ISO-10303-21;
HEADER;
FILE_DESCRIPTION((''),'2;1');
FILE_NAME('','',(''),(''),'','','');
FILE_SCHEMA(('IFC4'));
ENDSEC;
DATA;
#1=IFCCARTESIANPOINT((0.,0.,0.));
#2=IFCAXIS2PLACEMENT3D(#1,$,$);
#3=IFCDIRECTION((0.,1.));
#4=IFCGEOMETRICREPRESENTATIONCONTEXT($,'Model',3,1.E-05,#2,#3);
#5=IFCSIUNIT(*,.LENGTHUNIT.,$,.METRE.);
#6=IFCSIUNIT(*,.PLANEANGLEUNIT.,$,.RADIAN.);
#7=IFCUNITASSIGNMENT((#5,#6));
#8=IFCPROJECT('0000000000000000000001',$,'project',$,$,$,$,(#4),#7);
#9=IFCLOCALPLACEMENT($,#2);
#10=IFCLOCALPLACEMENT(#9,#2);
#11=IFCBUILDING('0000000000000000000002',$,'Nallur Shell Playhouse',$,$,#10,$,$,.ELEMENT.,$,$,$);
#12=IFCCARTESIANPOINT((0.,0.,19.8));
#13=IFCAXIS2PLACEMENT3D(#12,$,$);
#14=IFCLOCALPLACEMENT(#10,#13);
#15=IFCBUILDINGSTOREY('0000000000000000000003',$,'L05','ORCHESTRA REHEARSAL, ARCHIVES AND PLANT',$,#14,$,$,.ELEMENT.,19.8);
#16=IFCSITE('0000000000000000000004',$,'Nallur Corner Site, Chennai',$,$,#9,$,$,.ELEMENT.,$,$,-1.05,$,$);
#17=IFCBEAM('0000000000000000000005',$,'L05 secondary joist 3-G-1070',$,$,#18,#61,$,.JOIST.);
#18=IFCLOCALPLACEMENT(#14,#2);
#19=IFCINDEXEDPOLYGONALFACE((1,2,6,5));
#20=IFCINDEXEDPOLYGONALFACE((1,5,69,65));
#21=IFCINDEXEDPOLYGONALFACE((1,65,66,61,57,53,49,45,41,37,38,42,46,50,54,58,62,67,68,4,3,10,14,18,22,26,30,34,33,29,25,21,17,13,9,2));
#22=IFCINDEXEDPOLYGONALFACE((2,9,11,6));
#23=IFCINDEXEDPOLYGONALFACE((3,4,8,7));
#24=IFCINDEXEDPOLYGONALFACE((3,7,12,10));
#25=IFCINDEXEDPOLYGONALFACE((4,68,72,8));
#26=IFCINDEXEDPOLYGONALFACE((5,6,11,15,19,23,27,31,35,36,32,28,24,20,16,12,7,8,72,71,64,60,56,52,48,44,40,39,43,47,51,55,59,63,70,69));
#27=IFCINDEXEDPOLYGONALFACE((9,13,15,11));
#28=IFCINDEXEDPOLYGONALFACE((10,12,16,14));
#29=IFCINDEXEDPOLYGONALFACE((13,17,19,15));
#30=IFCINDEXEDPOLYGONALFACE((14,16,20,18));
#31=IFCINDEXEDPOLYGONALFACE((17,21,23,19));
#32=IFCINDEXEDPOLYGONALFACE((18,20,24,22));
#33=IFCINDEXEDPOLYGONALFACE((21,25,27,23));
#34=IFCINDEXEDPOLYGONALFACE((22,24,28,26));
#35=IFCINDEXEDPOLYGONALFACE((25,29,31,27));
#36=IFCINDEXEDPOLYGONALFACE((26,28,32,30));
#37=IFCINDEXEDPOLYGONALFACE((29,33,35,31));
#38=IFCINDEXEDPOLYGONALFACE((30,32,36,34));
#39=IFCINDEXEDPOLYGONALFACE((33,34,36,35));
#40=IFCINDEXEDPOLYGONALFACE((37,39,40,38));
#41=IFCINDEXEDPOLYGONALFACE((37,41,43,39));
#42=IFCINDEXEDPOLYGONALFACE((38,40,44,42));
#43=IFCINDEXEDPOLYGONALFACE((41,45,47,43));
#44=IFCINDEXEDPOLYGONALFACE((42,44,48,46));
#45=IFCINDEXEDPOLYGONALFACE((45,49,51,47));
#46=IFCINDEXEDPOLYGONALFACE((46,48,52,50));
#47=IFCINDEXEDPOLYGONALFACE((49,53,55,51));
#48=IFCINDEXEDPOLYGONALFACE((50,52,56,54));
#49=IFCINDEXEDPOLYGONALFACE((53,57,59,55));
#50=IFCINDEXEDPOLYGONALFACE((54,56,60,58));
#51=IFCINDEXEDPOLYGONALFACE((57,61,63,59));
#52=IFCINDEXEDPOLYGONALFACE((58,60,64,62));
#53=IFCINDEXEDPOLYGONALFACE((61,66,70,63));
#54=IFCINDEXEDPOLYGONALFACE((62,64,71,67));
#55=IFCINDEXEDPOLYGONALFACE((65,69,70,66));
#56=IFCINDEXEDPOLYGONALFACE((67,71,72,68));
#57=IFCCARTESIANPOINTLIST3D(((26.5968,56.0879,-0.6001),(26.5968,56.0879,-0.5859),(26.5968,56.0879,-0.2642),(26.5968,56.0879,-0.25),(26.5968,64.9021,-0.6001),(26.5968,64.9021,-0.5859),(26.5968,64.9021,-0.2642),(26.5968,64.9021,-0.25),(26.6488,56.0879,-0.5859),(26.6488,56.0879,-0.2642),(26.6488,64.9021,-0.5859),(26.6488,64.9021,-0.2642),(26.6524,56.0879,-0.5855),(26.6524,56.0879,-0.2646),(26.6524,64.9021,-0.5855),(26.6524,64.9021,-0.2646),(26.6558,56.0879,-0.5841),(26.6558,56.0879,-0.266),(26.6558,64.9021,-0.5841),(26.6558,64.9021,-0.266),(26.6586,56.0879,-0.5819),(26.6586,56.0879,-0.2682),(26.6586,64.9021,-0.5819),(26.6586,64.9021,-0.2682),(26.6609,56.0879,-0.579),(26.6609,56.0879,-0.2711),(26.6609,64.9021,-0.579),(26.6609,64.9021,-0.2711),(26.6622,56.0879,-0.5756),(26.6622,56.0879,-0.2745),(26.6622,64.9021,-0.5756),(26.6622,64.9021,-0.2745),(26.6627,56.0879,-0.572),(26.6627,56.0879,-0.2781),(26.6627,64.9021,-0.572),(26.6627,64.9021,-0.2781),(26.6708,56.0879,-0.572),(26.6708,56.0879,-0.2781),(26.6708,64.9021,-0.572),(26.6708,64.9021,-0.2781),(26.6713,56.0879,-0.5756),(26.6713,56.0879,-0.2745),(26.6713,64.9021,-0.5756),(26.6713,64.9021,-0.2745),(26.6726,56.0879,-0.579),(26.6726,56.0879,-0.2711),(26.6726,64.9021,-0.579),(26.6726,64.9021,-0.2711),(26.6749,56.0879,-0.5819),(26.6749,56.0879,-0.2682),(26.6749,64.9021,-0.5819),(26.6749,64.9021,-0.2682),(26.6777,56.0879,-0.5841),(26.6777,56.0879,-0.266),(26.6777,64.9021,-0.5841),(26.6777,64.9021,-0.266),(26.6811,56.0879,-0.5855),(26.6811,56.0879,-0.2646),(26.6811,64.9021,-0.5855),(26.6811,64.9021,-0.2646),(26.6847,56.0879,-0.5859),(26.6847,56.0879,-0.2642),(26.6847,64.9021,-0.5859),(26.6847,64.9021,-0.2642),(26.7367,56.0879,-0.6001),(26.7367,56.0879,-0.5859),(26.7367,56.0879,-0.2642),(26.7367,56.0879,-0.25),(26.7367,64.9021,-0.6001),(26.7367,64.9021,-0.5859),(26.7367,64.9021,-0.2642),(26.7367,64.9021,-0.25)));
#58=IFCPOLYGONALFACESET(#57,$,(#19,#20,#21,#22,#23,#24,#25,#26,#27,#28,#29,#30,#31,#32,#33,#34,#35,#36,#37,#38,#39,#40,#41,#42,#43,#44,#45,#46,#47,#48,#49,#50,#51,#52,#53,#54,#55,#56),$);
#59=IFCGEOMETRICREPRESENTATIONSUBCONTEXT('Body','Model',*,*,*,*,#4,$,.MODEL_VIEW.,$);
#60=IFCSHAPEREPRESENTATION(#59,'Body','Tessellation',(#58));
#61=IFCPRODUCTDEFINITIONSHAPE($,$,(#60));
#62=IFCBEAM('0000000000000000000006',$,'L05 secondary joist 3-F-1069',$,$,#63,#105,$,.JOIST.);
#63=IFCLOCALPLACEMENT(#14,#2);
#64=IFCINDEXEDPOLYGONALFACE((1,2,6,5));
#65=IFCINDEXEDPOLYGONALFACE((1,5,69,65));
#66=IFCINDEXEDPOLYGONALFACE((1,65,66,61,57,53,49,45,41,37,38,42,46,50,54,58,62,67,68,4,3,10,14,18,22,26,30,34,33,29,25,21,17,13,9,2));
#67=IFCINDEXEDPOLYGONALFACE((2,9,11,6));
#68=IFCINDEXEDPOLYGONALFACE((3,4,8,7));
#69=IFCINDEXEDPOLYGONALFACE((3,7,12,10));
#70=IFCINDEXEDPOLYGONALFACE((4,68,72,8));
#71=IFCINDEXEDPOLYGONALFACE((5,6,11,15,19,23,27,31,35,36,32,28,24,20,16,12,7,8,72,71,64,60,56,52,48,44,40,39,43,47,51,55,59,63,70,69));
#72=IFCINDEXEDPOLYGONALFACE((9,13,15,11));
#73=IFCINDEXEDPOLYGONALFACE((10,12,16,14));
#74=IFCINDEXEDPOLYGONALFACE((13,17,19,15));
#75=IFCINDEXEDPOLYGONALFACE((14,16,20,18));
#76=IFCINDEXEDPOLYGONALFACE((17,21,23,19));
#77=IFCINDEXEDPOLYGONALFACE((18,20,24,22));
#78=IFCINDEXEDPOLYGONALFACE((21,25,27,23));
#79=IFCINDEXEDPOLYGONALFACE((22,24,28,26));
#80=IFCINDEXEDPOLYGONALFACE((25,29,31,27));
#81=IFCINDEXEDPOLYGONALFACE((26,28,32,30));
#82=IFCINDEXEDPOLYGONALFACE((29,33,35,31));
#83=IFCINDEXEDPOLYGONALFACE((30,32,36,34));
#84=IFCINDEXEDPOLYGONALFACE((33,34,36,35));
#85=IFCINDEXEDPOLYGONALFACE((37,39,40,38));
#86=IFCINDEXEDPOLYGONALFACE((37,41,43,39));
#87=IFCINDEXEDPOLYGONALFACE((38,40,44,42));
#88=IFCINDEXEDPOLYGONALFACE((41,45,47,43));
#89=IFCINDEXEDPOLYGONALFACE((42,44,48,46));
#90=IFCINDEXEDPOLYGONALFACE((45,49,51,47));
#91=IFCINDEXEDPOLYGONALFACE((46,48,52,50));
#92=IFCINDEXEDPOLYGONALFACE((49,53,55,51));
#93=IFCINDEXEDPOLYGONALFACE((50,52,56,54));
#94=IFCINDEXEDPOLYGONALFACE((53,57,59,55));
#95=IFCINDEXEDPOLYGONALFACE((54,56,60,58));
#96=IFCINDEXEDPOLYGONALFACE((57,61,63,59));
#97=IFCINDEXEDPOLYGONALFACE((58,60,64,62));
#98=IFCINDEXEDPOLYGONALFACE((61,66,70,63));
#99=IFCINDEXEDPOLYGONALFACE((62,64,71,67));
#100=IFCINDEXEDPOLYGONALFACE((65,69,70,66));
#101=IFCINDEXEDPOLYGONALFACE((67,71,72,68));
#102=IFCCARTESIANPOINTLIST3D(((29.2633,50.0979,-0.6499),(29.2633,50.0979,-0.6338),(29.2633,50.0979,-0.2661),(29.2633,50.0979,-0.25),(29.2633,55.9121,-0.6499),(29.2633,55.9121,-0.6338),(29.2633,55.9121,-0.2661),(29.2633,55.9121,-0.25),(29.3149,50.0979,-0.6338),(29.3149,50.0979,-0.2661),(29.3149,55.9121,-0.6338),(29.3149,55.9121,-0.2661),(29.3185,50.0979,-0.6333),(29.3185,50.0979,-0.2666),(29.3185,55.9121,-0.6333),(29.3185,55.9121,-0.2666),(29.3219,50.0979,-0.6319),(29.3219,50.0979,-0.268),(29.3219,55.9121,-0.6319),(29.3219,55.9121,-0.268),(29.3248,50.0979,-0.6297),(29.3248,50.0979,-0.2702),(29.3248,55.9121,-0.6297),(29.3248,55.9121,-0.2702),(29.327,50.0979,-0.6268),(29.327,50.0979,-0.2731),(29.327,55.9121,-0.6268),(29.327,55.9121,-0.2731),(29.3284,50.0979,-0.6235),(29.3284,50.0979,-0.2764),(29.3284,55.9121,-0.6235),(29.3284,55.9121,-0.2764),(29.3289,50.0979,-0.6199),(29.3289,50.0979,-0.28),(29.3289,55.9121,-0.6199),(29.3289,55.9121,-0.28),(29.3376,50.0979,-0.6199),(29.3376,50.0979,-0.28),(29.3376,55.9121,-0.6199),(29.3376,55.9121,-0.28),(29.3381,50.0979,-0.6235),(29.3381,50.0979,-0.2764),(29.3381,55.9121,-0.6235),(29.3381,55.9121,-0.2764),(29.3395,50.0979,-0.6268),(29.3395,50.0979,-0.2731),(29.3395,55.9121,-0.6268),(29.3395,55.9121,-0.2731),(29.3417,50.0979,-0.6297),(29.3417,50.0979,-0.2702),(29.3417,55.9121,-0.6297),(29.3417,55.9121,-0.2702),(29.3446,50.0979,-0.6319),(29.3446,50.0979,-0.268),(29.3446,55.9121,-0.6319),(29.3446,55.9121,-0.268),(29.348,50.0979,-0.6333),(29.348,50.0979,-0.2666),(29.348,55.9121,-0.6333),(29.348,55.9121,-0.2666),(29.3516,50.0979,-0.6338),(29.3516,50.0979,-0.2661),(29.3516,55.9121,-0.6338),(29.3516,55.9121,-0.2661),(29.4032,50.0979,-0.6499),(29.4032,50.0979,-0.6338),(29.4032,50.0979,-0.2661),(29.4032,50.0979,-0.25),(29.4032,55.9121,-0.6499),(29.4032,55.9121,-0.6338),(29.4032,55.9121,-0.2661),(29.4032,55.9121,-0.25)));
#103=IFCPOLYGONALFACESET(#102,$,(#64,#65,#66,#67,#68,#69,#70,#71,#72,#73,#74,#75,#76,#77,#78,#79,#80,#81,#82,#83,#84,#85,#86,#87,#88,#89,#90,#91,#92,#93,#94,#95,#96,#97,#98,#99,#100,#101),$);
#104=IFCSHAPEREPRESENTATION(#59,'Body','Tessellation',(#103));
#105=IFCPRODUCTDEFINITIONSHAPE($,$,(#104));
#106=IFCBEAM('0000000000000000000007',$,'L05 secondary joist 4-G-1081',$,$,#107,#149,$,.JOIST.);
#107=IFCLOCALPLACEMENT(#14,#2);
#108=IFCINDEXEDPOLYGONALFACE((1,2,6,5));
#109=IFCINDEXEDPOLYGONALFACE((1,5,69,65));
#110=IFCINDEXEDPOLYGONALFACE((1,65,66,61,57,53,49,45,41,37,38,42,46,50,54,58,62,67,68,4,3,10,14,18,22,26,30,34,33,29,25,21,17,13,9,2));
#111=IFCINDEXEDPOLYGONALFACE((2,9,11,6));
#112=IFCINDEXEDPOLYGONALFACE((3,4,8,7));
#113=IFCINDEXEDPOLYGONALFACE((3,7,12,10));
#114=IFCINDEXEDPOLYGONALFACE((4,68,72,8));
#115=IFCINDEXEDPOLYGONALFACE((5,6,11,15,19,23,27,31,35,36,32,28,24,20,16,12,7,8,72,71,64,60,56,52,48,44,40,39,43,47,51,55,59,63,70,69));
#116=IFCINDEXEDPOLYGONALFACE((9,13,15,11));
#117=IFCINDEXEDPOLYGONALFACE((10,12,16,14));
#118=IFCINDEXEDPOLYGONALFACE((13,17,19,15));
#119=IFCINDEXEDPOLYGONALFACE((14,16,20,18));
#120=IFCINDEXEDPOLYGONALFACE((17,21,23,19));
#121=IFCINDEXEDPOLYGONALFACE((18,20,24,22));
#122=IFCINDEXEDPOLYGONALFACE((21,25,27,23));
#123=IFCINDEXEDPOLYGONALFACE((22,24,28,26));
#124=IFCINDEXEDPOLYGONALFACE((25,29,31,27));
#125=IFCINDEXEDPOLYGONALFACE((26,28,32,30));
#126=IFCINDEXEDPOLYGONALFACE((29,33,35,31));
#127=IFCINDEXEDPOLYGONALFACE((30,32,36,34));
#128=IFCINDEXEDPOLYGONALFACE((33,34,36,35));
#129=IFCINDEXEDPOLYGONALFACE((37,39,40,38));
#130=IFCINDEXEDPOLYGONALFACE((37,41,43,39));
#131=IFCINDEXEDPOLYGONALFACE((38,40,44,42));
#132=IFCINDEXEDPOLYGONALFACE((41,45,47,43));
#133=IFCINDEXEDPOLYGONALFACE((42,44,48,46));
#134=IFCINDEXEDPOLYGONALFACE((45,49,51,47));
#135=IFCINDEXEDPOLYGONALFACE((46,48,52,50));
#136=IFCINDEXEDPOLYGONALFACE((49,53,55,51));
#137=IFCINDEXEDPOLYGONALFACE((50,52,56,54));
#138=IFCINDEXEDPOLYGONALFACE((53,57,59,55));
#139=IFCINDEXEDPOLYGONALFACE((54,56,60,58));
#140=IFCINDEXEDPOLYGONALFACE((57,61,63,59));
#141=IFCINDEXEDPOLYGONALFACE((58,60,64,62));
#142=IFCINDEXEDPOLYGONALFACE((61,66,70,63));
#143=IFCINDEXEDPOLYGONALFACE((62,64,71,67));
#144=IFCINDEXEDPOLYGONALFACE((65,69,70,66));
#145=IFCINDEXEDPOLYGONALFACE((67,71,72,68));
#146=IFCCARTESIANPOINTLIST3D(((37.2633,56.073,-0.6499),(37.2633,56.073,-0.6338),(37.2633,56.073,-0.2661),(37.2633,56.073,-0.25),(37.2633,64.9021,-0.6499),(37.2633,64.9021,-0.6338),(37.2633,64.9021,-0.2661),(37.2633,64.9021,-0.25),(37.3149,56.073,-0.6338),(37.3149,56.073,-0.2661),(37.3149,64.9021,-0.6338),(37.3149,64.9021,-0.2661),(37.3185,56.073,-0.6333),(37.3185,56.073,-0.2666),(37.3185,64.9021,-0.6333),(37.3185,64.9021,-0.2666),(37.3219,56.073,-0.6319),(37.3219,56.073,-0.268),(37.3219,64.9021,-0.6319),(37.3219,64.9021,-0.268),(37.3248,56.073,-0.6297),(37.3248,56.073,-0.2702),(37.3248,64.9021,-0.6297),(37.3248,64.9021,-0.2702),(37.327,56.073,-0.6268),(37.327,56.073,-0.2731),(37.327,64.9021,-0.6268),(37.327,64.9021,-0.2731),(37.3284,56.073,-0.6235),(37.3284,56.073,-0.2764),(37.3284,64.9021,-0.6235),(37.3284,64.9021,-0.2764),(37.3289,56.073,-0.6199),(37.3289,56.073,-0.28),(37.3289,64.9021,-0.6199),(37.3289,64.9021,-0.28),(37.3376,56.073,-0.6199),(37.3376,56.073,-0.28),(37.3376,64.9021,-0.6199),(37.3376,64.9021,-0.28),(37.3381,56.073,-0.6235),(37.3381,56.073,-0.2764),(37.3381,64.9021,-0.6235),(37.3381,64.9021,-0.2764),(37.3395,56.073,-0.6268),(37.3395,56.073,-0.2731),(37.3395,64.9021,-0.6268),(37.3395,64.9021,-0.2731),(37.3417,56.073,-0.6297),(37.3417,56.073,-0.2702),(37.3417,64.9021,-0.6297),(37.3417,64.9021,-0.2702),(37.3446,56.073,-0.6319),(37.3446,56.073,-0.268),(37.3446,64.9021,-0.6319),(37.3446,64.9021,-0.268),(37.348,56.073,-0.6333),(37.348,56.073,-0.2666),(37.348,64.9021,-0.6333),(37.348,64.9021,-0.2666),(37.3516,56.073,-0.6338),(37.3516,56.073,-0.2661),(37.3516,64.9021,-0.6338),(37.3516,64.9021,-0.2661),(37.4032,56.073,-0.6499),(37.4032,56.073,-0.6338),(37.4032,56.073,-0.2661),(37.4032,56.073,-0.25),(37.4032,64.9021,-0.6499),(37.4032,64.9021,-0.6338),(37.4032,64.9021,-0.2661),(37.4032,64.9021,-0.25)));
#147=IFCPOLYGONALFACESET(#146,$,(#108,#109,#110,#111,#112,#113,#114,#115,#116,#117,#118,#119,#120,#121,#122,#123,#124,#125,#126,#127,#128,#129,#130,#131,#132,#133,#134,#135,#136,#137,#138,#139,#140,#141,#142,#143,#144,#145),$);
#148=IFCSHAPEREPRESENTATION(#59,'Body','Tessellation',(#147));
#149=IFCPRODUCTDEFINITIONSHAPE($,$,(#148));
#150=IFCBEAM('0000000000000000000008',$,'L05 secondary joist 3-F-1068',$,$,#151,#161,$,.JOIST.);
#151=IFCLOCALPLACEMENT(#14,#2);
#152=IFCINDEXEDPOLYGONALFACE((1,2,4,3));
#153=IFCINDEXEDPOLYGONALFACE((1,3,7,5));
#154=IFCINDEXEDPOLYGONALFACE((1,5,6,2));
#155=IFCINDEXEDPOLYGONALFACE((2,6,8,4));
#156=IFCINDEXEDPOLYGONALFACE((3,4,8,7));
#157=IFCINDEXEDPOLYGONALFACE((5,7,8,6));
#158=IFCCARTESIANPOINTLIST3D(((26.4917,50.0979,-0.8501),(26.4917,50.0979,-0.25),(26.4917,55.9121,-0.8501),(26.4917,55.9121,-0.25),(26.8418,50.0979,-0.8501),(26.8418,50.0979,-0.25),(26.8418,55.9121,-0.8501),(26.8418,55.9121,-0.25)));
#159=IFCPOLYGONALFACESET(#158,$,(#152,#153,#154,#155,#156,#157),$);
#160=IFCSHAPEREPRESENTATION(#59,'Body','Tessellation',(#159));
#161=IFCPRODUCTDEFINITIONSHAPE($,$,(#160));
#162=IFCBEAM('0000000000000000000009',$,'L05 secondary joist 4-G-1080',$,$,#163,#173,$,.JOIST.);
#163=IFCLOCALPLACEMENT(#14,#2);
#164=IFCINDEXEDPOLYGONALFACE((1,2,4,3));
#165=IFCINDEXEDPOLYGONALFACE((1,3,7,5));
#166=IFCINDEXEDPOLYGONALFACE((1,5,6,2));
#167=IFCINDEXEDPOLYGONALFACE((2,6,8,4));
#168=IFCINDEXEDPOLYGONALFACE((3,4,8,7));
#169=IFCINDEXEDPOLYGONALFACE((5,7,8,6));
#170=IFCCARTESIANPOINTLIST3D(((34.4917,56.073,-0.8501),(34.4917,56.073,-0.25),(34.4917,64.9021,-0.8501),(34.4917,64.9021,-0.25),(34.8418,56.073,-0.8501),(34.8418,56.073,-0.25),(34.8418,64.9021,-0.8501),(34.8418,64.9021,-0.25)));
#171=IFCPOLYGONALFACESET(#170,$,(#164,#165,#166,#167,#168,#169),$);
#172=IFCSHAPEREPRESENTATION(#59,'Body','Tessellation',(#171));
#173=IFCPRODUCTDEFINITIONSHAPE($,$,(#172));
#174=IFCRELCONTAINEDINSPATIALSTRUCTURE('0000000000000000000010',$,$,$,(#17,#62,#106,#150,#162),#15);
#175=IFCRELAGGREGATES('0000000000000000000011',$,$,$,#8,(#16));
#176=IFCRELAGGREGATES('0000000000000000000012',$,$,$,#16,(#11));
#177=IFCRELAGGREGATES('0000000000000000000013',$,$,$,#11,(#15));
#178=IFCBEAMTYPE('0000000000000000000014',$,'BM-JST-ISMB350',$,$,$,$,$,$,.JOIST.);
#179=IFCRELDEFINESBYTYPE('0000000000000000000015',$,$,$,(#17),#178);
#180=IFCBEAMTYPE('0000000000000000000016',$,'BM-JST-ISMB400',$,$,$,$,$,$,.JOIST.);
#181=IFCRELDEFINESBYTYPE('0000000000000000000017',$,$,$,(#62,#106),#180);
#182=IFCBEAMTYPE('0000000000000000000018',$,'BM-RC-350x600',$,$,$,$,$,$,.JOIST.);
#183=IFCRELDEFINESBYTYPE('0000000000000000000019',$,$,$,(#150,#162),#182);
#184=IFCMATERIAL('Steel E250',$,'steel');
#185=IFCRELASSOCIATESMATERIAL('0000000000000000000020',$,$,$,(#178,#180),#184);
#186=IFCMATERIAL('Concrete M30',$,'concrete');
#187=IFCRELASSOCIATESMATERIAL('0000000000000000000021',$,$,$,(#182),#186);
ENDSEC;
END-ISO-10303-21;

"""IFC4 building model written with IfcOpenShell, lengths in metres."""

from ifc_helpers import new_model, si_unit, direction, frame, origin, origin_2d, place, context, subcontext, project, spatial, rectangle, i_section, extrude, material, material_profile, profile_set, type_object, element, save


model = new_model("IFC4")

# Units and contexts
model_context = context("Model", 3, precision=1e-05, world=origin(), true_north=direction((0.0, 1.0)))
body_context = subcontext(model_context, "Body", "Model", "MODEL_VIEW")
ifc_project = project(units=[si_unit("LENGTHUNIT", "METRE"), si_unit("PLANEANGLEUNIT", "RADIAN")], contexts=[model_context])

# Site, building, storey
site_placement = place(None, origin())
site = spatial("IfcSite", under=ifc_project, at=site_placement, Name="Nallur Corner Site, Chennai", CompositionType="ELEMENT", RefElevation=-1.05)
building_placement = place(site_placement, origin())
building = spatial("IfcBuilding", under=site, at=building_placement, Name="Nallur Shell Playhouse", CompositionType="ELEMENT")
storey_placement = place(building_placement, frame((0.0, 0.0, 19.8)))
storey = spatial("IfcBuildingStorey", under=building, at=storey_placement, Name="L05", Description="ORCHESTRA REHEARSAL, ARCHIVES AND PLANT", CompositionType="ELEMENT", Elevation=19.8)

# Beams
ifc_material_1 = material(Name="Steel E250", Category="steel")
ifc_material_profile_1 = material_profile(ifc_material_1, i_section(OverallWidth=0.1399, OverallDepth=0.3501, WebThickness=0.0081, FlangeThickness=0.0142, FilletRadius=0.0139, at=origin_2d()), Name="ISMB 350")
ifc_profile_set_1 = profile_set([ifc_material_profile_1], Name="Steel E250")
beam_type_1 = type_object("IfcBeamType", Name="BM-JST-ISMB350", PredefinedType="JOIST", material=ifc_profile_set_1)
beam_1_placement = place(storey_placement, frame((26.6667, 56.0879, -0.425), z_axis=(0.0, 1.0, 0.0), x_axis=(-1.0, 0.0, 0.0)))
element("IfcBeam", 1, at=beam_1_placement, inside=storey, type_object=beam_type_1, Name="L05 secondary joist 3-G-1070", PredefinedType="JOIST", context=body_context, shape_type="SweptSolid", body=[
    extrude(i_section(OverallWidth=0.1399, OverallDepth=0.3501, WebThickness=0.0081, FlangeThickness=0.0142, FilletRadius=0.0139, at=origin_2d()), origin(), (0.0, 0.0, 1.0), 8.8142),
])
ifc_material_profile_2 = material_profile(ifc_material_1, i_section(OverallWidth=0.1399, OverallDepth=0.3999, WebThickness=0.0088, FlangeThickness=0.0161, FilletRadius=0.0139, at=origin_2d()), Name="ISMB 400")
ifc_profile_set_2 = profile_set([ifc_material_profile_2], Name="Steel E250")
beam_type_2 = type_object("IfcBeamType", Name="BM-JST-ISMB400", PredefinedType="JOIST", material=ifc_profile_set_2)
beam_2_placement = place(storey_placement, frame((29.3333, 50.0979, -0.45), z_axis=(0.0, 1.0, 0.0), x_axis=(-1.0, 0.0, 0.0)))
element("IfcBeam", 2, at=beam_2_placement, inside=storey, type_object=beam_type_2, Name="L05 secondary joist 3-F-1069", PredefinedType="JOIST", context=body_context, shape_type="SweptSolid", body=[
    extrude(i_section(OverallWidth=0.1399, OverallDepth=0.3999, WebThickness=0.0088, FlangeThickness=0.0161, FilletRadius=0.0139, at=origin_2d()), origin(), (0.0, 0.0, 1.0), 5.8142),
])
beam_3_placement = place(storey_placement, frame((37.3333, 56.073, -0.45), z_axis=(0.0, 1.0, 0.0), x_axis=(-1.0, 0.0, 0.0)))
element("IfcBeam", 3, at=beam_3_placement, inside=storey, type_object=beam_type_2, Name="L05 secondary joist 4-G-1081", PredefinedType="JOIST", context=body_context, shape_type="SweptSolid", body=[
    extrude(i_section(OverallWidth=0.1399, OverallDepth=0.3999, WebThickness=0.0088, FlangeThickness=0.0161, FilletRadius=0.0139, at=origin_2d()), origin(), (0.0, 0.0, 1.0), 8.8291),
])
ifc_material_2 = material(Name="Concrete M30", Category="concrete")
ifc_material_profile_3 = material_profile(ifc_material_2, rectangle(XDim=0.3501, YDim=0.6001, at=origin_2d()), Name="RC 350x600")
ifc_profile_set_3 = profile_set([ifc_material_profile_3], Name="Concrete M30")
beam_type_3 = type_object("IfcBeamType", Name="BM-RC-350x600", PredefinedType="JOIST", material=ifc_profile_set_3)
beam_4_placement = place(storey_placement, frame((26.6667, 50.0979, -0.55), z_axis=(0.0, 1.0, 0.0), x_axis=(-1.0, 0.0, 0.0)))
element("IfcBeam", 4, at=beam_4_placement, inside=storey, type_object=beam_type_3, Name="L05 secondary joist 3-F-1068", PredefinedType="JOIST", context=body_context, shape_type="SweptSolid", body=[
    extrude(rectangle(XDim=0.3501, YDim=0.6001, at=origin_2d()), origin(), (0.0, 0.0, 1.0), 5.8142),
])
beam_5_placement = place(storey_placement, frame((34.6667, 56.073, -0.55), z_axis=(0.0, 1.0, 0.0), x_axis=(-1.0, 0.0, 0.0)))
element("IfcBeam", 5, at=beam_5_placement, inside=storey, type_object=beam_type_3, Name="L05 secondary joist 4-G-1080", PredefinedType="JOIST", context=body_context, shape_type="SweptSolid", body=[
    extrude(rectangle(XDim=0.3501, YDim=0.6001, at=origin_2d()), origin(), (0.0, 0.0, 1.0), 8.8291),
])

save(model, "model.ifc")
